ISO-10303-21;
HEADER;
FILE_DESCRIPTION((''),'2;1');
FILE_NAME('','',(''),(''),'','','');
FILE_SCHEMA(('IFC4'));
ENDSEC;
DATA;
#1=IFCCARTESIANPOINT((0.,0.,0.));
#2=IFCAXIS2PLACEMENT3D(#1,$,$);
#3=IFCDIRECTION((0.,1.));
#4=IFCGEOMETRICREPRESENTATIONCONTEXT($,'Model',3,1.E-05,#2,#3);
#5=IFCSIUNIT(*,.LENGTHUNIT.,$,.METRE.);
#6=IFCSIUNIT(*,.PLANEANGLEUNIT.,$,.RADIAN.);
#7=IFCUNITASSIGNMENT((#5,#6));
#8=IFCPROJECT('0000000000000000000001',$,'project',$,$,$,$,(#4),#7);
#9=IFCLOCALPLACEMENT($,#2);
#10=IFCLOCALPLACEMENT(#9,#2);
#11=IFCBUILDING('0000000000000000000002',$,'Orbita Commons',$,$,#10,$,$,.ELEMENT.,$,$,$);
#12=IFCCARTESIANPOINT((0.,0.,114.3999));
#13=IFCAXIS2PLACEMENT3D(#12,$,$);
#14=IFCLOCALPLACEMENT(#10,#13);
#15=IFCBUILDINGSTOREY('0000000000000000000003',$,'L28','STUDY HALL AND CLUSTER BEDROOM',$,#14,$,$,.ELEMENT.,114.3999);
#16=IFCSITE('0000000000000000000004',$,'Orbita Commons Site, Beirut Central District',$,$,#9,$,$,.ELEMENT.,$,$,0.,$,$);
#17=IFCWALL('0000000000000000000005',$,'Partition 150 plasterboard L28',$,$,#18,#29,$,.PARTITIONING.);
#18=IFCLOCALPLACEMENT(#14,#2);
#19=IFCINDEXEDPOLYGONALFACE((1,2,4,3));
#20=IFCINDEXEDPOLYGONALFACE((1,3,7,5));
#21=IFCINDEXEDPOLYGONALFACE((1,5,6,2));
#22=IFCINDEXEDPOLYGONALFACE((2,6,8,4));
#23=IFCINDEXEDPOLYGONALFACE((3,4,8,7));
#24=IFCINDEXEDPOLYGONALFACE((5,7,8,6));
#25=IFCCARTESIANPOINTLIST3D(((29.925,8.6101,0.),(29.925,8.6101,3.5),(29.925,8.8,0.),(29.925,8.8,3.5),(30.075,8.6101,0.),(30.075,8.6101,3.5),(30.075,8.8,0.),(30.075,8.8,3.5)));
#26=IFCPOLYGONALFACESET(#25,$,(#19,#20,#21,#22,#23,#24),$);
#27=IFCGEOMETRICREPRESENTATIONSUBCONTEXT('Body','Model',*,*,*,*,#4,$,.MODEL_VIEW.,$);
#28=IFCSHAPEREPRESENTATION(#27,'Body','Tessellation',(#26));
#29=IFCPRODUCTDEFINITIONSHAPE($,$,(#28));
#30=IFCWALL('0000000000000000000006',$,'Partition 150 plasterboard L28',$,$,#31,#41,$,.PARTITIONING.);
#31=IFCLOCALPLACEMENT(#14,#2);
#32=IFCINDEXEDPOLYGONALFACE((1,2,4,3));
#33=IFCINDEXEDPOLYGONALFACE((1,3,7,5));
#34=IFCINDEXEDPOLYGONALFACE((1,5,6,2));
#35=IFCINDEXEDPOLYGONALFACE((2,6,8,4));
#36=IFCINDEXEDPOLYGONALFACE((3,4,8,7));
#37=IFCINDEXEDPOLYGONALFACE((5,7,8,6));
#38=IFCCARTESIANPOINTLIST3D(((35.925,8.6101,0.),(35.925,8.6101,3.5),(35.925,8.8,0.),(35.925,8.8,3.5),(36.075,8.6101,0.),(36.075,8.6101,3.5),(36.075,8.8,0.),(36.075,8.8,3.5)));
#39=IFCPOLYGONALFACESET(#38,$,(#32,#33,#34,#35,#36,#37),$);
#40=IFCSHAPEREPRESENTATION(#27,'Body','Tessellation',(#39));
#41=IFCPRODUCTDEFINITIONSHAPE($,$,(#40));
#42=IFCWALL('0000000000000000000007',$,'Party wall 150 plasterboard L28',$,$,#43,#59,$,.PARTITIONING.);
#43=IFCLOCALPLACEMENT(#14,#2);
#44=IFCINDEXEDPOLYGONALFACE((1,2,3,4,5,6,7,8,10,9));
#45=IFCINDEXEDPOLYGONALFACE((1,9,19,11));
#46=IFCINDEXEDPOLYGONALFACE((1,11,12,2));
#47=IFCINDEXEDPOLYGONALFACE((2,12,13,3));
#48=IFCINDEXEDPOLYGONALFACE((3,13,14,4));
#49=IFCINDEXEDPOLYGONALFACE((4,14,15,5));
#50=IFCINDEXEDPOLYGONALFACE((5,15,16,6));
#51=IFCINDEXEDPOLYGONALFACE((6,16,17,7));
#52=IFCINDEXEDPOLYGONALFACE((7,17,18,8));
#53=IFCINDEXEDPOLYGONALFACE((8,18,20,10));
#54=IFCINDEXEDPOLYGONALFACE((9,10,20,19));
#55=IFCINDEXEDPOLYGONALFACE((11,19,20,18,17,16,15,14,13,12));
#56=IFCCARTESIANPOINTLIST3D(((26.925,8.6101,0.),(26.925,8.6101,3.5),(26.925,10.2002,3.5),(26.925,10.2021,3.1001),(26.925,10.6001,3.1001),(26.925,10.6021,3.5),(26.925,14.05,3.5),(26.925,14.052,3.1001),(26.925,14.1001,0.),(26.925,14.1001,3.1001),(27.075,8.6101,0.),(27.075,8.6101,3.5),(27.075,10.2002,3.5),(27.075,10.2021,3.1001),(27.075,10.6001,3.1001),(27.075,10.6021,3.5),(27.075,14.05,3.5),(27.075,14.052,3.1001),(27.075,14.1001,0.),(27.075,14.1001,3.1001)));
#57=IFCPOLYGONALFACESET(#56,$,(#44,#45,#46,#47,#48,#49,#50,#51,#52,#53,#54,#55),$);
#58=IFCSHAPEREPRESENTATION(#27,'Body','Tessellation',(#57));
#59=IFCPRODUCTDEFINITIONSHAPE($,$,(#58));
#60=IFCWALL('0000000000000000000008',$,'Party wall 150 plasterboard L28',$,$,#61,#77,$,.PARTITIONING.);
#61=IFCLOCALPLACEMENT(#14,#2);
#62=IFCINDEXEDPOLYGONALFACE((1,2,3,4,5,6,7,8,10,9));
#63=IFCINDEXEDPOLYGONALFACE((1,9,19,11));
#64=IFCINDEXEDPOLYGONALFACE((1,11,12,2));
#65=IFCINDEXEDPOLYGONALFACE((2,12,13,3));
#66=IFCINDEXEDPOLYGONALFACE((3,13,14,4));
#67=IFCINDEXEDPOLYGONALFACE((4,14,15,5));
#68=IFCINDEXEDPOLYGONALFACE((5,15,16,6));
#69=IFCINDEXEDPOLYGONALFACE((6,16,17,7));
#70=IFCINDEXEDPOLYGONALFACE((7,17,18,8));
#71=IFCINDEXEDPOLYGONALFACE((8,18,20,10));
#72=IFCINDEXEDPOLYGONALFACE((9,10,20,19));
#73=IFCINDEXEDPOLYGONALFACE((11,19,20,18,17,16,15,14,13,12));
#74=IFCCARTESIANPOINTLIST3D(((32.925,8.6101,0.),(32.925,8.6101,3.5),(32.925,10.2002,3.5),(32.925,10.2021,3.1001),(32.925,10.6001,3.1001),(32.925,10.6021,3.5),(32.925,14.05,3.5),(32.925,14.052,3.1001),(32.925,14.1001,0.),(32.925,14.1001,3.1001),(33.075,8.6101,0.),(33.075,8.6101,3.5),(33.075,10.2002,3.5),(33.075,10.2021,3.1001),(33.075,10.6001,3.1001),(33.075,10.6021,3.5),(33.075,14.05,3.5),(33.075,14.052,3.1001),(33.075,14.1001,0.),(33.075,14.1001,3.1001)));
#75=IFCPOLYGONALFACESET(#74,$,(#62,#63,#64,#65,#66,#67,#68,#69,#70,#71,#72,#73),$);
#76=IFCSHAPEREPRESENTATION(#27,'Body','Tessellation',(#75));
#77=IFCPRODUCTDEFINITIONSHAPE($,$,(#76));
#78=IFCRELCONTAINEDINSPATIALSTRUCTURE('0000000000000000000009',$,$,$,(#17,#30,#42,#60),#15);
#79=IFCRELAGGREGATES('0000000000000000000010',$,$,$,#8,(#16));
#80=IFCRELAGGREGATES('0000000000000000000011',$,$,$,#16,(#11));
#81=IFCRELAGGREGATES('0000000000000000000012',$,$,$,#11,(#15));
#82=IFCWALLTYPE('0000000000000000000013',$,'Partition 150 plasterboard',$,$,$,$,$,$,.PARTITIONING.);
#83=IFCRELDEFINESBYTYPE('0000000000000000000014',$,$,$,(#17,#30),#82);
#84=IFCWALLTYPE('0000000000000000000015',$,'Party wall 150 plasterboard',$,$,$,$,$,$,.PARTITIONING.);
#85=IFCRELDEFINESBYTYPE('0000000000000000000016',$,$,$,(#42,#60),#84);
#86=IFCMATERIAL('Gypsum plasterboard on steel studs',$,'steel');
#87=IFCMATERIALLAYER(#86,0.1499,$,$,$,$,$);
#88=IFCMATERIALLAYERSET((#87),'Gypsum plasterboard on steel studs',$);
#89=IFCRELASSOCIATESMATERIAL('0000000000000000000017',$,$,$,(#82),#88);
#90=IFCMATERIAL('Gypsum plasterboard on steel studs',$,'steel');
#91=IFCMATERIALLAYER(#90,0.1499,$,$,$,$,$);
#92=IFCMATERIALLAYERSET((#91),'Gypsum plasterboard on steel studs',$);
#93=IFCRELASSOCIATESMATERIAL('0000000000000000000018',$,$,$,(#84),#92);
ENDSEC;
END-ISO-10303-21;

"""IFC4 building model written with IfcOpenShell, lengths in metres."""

from ifc_helpers import new_model, si_unit, direction, frame, frame_2d, origin, place, context, subcontext, project, spatial, polyline, rectangle, outline, extrude, material, layer, layer_set, type_object, element, save


model = new_model("IFC4")

# Units and contexts
model_context = context("Model", 3, precision=1e-05, world=origin(), true_north=direction((0.0, 1.0)))
body_context = subcontext(model_context, "Body", "Model", "MODEL_VIEW")
ifc_project = project(units=[si_unit("LENGTHUNIT", "METRE"), si_unit("PLANEANGLEUNIT", "RADIAN")], contexts=[model_context])

# Site, building, storey
site_placement = place(None, origin())
site = spatial("IfcSite", under=ifc_project, at=site_placement, Name="Orbita Commons Site, Beirut Central District", CompositionType="ELEMENT", RefElevation=0.0)
building_placement = place(site_placement, origin())
building = spatial("IfcBuilding", under=site, at=building_placement, Name="Orbita Commons", CompositionType="ELEMENT")
storey_placement = place(building_placement, frame((0.0, 0.0, 114.3999)))
storey = spatial("IfcBuildingStorey", under=building, at=storey_placement, Name="L28", Description="STUDY HALL AND CLUSTER BEDROOM", CompositionType="ELEMENT", Elevation=114.3999)

# Walls
ifc_material_1 = material(Name="Gypsum plasterboard on steel studs", Category="steel")
ifc_layer_1 = layer(ifc_material_1, 0.1499)
ifc_layer_set_1 = layer_set([ifc_layer_1], Name="Gypsum plasterboard on steel studs")
wall_type_1 = type_object("IfcWallType", Name="Partition 150 plasterboard", PredefinedType="PARTITIONING", material=ifc_layer_set_1)
for number, where, z_axis, x_axis, name in (
    (1, (30.0, 8.8, 0.0), (0.0, 0.0, 1.0), (0.0, -1.0, 0.0), "Partition 150 plasterboard L28"),
    (2, (36.0, 8.8, 0.0), (0.0, 0.0, 1.0), (0.0, -1.0, 0.0), "Partition 150 plasterboard L28"),
):
    element("IfcWall", number, at=place(storey_placement, frame(where, z_axis=z_axis, x_axis=x_axis)), inside=storey, type_object=wall_type_1, Name=name, PredefinedType="PARTITIONING", context=body_context, shape_type="SweptSolid", body=[
        extrude(rectangle(XDim=0.1899, YDim=0.1499, at=frame_2d((0.095, 0.0))), origin(), (0.0, 0.0, 1.0), 3.5),
    ])
ifc_material_2 = material(Name="Gypsum plasterboard on steel studs", Category="steel")
ifc_layer_2 = layer(ifc_material_2, 0.1499)
ifc_layer_set_2 = layer_set([ifc_layer_2], Name="Gypsum plasterboard on steel studs")
wall_type_2 = type_object("IfcWallType", Name="Party wall 150 plasterboard", PredefinedType="PARTITIONING", material=ifc_layer_set_2)
for number, where, z_axis, x_axis, name in (
    (3, (27.0, 8.6101, 0.0), (0.0, 0.0, 1.0), (0.0, 1.0, 0.0), "Party wall 150 plasterboard L28"),
    (4, (33.0, 8.6101, 0.0), (0.0, 0.0, 1.0), (0.0, 1.0, 0.0), "Party wall 150 plasterboard L28"),
):
    element("IfcWall", number, at=place(storey_placement, frame(where, z_axis=z_axis, x_axis=x_axis)), inside=storey, type_object=wall_type_2, Name=name, PredefinedType="PARTITIONING", context=body_context, shape_type="SweptSolid", body=[
        extrude(outline(polyline([(0.0, 0.0), (5.49, 0.0), (5.49, 3.1001), (5.4419, 3.1001), (5.4399, 3.5), (1.9919, 3.5), (1.99, 3.1001), (1.592, 3.1001), (1.5901, 3.5), (0.0, 3.5), (0.0, 0.0)])), frame((0.0, 0.075, 0.0), z_axis=(0.0, -1.0, 0.0), x_axis=(1.0, 0.0, 0.0)), (0.0, 0.0, 1.0), 0.1499),
    ])

save(model, "model.ifc")
